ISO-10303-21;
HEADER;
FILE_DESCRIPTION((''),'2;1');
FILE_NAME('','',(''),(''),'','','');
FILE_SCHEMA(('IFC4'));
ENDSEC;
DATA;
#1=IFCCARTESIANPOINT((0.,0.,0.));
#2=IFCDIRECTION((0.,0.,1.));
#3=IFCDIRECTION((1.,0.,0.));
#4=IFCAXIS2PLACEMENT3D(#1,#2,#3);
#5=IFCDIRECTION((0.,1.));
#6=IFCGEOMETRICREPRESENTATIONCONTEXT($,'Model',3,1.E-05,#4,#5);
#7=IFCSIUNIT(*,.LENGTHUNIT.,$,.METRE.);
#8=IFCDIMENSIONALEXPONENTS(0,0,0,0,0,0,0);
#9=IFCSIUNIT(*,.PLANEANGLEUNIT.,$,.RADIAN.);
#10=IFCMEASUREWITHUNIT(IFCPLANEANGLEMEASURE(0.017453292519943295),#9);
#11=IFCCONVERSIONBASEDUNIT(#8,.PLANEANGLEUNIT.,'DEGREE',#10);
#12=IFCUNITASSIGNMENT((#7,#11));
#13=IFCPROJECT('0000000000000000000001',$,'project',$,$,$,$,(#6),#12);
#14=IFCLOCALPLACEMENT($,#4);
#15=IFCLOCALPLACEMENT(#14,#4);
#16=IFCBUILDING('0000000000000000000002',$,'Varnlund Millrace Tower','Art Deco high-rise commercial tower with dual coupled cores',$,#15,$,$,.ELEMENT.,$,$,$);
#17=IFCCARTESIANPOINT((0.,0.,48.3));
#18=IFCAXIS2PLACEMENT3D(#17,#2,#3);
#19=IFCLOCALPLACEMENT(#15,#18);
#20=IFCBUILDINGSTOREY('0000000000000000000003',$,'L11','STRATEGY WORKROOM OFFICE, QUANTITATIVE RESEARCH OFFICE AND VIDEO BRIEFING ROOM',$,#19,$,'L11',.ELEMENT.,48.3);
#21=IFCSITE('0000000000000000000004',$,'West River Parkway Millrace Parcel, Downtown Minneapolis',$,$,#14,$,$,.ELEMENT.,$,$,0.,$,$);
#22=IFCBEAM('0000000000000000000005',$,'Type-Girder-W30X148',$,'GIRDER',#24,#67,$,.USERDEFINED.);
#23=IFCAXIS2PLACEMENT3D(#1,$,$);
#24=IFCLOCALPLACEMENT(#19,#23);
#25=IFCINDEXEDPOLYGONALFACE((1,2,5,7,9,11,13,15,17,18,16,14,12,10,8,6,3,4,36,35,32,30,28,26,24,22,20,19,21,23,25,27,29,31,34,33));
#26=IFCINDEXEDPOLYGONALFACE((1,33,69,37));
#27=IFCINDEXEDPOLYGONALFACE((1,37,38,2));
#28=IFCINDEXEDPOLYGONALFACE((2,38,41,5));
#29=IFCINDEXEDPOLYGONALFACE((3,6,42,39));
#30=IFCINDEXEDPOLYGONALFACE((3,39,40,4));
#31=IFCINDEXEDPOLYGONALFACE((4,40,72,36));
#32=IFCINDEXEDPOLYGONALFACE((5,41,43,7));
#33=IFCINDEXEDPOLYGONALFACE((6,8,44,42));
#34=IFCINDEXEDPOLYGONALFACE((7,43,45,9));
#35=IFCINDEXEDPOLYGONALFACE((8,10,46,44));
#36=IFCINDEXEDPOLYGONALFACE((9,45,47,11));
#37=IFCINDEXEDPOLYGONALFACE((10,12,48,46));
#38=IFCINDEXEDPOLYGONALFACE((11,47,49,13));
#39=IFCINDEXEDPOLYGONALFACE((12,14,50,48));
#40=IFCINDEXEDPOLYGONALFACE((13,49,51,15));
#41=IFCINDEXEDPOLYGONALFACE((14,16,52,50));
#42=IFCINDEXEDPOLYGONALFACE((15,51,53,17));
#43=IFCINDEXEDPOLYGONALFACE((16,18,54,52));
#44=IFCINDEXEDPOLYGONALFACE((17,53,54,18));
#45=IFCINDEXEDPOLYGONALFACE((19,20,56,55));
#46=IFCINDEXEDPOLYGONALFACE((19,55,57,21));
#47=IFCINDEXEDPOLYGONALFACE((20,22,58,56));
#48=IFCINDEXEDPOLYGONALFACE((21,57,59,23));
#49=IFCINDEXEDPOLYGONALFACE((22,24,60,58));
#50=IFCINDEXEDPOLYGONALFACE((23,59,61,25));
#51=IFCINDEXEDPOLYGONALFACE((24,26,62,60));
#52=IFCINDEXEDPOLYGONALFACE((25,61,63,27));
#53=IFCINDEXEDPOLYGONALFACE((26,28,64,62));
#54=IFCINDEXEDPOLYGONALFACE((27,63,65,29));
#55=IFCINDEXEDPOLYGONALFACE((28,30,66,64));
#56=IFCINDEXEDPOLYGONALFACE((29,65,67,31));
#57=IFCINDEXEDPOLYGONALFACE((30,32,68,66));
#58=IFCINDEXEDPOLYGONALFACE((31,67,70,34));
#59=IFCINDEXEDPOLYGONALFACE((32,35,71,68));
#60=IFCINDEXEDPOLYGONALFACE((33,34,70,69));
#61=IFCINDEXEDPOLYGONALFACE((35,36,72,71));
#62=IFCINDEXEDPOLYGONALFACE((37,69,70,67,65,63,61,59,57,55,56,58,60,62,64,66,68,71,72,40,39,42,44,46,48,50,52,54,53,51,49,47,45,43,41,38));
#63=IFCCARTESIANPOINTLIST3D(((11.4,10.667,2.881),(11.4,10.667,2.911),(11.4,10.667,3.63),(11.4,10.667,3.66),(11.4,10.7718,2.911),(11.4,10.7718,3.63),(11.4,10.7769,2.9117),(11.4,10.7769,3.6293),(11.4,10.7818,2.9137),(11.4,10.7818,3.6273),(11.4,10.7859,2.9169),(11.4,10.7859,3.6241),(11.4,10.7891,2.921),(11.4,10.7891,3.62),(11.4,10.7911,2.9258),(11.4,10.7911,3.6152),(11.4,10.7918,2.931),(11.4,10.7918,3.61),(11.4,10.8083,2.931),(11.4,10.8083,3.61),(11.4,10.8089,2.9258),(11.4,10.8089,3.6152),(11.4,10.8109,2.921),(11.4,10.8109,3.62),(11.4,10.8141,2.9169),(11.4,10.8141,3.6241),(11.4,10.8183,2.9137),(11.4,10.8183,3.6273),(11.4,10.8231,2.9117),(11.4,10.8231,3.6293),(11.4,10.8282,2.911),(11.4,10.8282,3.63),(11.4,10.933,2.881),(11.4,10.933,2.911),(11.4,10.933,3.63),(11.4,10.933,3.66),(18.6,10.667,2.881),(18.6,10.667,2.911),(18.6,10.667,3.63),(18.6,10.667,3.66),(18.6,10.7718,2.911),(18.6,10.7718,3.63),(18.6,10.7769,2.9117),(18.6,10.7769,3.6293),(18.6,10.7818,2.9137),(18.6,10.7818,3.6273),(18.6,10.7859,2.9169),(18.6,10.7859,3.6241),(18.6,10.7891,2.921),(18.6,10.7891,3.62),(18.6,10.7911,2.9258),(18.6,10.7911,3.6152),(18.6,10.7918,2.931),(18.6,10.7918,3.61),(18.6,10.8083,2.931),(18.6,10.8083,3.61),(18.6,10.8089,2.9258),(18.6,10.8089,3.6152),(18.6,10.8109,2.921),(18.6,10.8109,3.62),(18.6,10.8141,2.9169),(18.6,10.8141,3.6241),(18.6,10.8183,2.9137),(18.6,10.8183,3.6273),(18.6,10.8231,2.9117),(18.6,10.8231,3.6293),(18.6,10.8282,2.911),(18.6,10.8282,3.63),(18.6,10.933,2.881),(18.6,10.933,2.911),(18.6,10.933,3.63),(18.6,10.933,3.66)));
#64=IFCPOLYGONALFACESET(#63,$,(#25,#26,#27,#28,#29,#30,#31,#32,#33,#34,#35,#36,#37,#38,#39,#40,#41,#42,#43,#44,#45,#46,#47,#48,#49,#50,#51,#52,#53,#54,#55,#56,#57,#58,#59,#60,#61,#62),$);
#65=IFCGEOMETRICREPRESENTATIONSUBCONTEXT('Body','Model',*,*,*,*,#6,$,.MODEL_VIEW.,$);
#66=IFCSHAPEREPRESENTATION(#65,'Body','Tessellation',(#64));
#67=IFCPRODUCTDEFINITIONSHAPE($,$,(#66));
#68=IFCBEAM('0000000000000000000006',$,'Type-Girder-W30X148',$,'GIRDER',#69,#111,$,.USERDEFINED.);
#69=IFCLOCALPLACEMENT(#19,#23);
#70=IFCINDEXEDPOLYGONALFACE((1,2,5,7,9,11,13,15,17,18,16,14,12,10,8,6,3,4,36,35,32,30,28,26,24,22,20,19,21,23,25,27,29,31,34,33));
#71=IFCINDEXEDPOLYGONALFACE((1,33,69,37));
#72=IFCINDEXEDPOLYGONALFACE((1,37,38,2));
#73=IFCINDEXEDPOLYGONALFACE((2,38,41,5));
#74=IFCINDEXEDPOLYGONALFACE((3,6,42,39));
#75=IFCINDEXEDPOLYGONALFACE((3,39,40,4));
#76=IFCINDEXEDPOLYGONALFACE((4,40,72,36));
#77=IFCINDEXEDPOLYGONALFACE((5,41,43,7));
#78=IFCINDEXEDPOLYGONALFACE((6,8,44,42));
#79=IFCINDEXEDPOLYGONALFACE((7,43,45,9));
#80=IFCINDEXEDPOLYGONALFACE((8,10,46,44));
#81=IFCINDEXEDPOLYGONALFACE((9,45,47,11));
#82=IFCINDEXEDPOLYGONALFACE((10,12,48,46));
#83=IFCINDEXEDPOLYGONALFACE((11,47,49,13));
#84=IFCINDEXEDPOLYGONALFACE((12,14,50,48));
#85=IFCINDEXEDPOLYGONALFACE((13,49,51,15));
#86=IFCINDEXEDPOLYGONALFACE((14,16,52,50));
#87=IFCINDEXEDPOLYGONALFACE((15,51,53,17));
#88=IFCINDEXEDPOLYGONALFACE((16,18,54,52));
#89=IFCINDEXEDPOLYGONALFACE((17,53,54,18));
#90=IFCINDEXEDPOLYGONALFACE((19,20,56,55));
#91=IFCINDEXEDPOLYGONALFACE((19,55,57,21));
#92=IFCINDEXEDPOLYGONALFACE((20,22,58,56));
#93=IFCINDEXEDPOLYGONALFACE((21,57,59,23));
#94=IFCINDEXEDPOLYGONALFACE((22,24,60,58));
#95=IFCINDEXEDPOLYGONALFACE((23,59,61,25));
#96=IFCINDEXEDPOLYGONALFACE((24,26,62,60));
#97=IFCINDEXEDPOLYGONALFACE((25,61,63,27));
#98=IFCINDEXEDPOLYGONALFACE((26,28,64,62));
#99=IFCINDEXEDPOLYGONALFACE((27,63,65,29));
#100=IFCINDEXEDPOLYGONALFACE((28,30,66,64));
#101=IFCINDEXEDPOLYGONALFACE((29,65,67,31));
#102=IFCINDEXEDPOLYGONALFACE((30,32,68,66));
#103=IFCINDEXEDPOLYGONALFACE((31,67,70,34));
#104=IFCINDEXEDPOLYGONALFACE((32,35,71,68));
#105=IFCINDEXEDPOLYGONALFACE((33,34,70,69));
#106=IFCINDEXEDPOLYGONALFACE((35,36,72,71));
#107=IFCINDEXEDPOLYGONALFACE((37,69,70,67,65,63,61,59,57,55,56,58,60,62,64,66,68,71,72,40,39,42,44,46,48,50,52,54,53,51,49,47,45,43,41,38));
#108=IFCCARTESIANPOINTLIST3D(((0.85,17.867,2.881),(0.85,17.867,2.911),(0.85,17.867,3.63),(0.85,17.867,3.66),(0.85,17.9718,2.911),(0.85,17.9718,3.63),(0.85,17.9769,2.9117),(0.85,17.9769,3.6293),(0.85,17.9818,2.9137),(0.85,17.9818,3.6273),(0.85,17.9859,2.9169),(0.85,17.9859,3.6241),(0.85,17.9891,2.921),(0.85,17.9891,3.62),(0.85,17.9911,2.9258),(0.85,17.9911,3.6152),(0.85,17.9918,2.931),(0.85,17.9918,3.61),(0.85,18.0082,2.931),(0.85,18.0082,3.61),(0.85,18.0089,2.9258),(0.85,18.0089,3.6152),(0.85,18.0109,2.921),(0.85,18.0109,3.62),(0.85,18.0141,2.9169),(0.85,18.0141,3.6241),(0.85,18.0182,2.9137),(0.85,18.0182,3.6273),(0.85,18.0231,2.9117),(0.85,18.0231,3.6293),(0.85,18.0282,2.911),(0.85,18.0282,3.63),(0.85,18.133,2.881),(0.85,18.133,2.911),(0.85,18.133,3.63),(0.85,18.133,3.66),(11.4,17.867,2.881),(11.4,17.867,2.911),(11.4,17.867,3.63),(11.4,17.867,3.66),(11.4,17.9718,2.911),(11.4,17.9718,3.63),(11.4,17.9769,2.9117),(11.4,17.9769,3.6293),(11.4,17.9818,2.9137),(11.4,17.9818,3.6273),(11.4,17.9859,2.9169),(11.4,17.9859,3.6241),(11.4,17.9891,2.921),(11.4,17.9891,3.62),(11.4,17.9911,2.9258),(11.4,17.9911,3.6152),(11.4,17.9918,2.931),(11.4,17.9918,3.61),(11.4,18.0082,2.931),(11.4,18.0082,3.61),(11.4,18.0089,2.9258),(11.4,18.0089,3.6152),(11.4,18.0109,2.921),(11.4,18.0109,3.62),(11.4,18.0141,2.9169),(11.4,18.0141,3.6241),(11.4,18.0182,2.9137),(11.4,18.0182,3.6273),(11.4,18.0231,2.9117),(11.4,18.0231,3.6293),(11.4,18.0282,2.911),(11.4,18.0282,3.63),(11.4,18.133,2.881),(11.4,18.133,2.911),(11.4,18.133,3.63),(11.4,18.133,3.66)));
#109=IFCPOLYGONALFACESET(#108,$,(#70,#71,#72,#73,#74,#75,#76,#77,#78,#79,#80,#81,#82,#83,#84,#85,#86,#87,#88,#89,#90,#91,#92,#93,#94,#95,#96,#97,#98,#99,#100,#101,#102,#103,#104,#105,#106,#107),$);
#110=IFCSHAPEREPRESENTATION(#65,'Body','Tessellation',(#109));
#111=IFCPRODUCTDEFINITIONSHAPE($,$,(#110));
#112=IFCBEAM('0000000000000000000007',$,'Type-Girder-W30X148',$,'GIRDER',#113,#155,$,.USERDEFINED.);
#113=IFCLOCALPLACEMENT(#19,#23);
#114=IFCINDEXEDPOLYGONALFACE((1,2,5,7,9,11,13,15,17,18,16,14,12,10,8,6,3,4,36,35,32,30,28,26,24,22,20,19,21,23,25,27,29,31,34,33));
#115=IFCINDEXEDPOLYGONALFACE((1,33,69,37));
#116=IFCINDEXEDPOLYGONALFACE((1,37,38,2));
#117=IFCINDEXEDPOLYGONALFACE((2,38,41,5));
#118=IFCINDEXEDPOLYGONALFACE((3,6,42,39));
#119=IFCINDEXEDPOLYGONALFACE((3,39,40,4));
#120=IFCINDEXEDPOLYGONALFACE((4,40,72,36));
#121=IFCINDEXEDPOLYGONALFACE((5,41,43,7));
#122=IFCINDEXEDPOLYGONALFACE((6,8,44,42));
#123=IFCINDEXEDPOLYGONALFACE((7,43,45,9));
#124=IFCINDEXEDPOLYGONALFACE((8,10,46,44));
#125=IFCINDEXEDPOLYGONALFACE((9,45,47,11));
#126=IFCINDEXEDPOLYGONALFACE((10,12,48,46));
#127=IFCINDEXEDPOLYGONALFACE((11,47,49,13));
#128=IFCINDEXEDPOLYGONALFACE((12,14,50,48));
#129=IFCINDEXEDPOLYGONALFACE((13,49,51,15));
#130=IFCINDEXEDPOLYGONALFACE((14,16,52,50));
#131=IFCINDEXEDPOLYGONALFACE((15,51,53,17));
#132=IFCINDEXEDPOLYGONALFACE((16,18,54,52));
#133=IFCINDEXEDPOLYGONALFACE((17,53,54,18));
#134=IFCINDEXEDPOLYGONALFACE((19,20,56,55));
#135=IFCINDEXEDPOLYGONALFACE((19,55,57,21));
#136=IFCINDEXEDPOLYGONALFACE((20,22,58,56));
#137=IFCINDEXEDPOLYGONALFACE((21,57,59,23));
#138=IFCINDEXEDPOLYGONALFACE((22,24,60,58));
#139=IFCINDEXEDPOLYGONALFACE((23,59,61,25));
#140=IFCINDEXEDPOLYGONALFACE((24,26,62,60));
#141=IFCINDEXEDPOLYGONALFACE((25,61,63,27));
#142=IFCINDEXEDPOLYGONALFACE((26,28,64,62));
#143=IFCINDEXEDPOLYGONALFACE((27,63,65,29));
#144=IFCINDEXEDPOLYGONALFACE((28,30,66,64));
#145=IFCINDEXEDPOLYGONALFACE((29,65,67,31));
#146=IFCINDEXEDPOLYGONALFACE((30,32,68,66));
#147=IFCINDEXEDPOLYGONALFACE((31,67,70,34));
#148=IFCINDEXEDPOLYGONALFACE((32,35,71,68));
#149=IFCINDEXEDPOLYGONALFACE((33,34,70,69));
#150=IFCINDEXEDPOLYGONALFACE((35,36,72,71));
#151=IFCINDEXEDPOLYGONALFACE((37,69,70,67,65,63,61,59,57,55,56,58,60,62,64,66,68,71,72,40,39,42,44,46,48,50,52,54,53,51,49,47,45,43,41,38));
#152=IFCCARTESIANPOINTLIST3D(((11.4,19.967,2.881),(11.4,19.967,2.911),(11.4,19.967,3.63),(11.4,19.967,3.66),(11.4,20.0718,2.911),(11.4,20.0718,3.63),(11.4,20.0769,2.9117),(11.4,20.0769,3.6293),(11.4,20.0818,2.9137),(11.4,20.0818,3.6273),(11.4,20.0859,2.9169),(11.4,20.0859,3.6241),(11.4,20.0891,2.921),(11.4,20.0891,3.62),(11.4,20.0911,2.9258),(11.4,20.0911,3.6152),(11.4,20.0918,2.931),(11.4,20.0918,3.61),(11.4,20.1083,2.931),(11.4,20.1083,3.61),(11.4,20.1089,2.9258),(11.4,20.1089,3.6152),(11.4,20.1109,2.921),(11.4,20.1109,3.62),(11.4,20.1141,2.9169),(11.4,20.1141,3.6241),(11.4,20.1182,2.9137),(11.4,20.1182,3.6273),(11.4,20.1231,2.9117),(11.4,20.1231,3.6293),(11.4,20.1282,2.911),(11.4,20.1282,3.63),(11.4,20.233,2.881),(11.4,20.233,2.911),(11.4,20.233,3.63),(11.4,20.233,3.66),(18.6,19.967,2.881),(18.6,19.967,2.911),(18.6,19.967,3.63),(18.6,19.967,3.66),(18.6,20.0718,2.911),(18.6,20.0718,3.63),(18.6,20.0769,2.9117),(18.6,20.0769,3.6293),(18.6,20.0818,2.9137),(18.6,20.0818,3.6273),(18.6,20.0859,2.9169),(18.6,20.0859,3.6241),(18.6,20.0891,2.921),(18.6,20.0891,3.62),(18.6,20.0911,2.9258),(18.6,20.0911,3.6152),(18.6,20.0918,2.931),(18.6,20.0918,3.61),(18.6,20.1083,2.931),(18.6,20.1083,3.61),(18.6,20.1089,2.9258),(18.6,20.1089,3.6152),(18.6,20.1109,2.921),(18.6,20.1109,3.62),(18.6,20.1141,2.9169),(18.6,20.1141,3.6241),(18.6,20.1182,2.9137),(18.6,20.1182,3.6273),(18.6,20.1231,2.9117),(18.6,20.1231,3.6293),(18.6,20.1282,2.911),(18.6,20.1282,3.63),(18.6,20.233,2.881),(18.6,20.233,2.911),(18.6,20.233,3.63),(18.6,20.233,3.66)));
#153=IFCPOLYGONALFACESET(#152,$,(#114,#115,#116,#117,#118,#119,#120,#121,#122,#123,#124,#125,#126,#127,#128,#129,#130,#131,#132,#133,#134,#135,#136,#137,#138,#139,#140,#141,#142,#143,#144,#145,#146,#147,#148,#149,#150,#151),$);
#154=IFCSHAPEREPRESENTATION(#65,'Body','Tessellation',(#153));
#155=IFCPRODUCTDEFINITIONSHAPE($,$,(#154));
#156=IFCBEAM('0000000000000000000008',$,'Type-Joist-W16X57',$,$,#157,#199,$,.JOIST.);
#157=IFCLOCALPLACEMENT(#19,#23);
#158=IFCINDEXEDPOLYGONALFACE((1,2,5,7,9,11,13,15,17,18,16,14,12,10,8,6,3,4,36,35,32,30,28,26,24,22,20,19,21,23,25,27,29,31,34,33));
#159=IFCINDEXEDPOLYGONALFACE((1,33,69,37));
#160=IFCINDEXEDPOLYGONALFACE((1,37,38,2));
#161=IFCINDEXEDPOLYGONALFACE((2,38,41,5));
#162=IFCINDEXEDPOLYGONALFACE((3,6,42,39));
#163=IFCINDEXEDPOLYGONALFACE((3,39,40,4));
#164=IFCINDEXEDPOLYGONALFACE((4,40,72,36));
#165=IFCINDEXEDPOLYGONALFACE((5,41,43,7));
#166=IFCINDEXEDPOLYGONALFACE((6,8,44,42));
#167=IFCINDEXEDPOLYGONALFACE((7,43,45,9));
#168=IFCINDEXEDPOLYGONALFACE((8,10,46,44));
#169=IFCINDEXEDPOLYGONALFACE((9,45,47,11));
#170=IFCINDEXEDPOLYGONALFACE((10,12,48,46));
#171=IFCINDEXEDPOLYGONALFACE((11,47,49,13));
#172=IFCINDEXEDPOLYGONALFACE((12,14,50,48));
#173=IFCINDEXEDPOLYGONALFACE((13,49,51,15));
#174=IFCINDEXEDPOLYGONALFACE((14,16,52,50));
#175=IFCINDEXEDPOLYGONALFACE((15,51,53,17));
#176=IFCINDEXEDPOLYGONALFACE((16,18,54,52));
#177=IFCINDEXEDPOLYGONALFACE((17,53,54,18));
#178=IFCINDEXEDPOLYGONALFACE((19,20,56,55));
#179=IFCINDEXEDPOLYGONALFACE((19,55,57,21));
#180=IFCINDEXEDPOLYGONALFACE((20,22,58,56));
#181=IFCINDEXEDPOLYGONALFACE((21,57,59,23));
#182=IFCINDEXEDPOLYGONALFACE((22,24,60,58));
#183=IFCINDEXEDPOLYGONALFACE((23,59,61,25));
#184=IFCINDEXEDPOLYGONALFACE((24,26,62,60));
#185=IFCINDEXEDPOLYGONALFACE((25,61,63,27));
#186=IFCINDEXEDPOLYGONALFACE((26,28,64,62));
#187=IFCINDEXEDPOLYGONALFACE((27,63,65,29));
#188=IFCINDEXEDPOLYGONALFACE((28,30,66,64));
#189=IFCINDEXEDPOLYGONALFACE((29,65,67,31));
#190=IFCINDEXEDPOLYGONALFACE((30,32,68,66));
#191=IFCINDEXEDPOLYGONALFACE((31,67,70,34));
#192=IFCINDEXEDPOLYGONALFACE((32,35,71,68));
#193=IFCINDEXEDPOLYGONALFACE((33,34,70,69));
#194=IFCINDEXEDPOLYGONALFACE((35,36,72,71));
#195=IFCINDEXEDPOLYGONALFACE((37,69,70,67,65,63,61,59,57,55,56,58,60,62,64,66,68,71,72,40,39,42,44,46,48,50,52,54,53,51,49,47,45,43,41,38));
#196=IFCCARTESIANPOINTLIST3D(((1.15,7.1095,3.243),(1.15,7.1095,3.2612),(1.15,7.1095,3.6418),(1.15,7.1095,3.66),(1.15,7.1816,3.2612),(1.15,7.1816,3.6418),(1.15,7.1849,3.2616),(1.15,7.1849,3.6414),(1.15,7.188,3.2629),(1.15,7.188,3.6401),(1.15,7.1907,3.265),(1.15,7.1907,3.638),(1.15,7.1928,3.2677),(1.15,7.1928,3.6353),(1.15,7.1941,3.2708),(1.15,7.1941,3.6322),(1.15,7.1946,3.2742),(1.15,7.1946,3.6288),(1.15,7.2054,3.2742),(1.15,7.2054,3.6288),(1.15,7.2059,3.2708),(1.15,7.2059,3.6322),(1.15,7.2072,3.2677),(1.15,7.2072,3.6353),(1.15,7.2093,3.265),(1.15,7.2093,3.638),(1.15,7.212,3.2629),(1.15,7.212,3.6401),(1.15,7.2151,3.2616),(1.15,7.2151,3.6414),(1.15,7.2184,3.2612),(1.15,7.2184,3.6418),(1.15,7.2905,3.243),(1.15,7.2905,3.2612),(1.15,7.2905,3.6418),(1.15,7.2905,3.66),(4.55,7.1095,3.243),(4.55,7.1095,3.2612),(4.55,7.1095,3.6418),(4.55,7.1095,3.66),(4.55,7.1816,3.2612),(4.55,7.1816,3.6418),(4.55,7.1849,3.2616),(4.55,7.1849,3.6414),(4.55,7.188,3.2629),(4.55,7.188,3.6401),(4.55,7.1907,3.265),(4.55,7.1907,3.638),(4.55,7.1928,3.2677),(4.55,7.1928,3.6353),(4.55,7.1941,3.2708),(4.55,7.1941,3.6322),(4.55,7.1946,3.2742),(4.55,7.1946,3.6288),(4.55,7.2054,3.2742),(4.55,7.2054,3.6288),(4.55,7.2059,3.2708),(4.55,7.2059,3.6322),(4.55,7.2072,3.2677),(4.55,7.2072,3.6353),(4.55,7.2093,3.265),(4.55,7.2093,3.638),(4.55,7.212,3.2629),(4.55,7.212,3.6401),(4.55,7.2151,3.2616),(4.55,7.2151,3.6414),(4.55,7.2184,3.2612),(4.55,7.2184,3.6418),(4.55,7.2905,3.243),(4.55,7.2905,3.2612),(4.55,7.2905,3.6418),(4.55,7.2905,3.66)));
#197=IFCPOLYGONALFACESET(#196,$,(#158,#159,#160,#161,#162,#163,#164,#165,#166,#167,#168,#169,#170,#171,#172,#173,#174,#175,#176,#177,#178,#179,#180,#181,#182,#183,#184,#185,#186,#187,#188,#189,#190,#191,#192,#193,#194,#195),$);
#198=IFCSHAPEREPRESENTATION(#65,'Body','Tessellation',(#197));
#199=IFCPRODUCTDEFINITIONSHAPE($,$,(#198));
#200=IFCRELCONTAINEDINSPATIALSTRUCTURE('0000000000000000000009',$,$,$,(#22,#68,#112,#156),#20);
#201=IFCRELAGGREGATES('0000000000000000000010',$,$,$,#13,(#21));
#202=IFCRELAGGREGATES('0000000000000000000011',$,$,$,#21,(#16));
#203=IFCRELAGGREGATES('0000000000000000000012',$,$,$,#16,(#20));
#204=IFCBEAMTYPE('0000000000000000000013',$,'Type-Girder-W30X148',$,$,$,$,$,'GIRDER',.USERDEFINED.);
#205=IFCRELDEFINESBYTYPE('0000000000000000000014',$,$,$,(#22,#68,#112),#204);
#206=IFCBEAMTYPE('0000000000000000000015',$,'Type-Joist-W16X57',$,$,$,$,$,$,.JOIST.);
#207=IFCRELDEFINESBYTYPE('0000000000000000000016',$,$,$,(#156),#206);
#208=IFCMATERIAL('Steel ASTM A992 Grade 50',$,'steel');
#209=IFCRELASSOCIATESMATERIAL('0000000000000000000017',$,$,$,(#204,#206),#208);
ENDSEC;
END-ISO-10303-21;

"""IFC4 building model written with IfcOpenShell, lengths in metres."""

from ifc_helpers import new_model, entity, si_unit, converted_unit, direction, frame, origin_with_axes, origin_2d_with_axis, place, context, subcontext, project, spatial, i_section, extrude, material, material_profile, profile_set, type_object, element, save


model = new_model("IFC4")

# Units and contexts
model_context = context("Model", 3, precision=1e-05, world=origin_with_axes(), true_north=direction((0.0, 1.0)))
body_context = subcontext(model_context, "Body", "Model", "MODEL_VIEW")
ifc_project = project(units=[si_unit("LENGTHUNIT", "METRE"), converted_unit("PLANEANGLEUNIT", "DEGREE", entity("IfcPlaneAngleMeasure", 0.017453292519943295), si_unit("PLANEANGLEUNIT", "RADIAN"), dimensions=[0, 0, 0, 0, 0, 0, 0])], contexts=[model_context])

# Site, building, storey
site_placement = place(None, origin_with_axes())
site = spatial("IfcSite", under=ifc_project, at=site_placement, Name="West River Parkway Millrace Parcel, Downtown Minneapolis", CompositionType="ELEMENT", RefElevation=0.0)
building_placement = place(site_placement, origin_with_axes())
building = spatial("IfcBuilding", under=site, at=building_placement, Name="Varnlund Millrace Tower", Description="Art Deco high-rise commercial tower with dual coupled cores", CompositionType="ELEMENT")
storey_placement = place(building_placement, frame((0.0, 0.0, 48.3), z_axis=(0.0, 0.0, 1.0), x_axis=(1.0, 0.0, 0.0)))
storey = spatial("IfcBuildingStorey", under=building, at=storey_placement, Name="L11", Description="STRATEGY WORKROOM OFFICE, QUANTITATIVE RESEARCH OFFICE AND VIDEO BRIEFING ROOM", LongName="L11", CompositionType="ELEMENT", Elevation=48.3)

# Beams
ifc_material_1 = material(Name="Steel ASTM A992 Grade 50", Category="steel")
ifc_material_profile_1 = material_profile(ifc_material_1, i_section(OverallWidth=0.266, OverallDepth=0.779, WebThickness=0.0165, FlangeThickness=0.03, FilletRadius=0.02, at=origin_2d_with_axis()), Name="Steel ASTM A992 Grade 50")
ifc_profile_set_1 = profile_set([ifc_material_profile_1], Name="Steel ASTM A992 Grade 50")
beam_type_1 = type_object("IfcBeamType", Name="Type-Girder-W30X148", ElementType="GIRDER", PredefinedType="USERDEFINED", material=ifc_profile_set_1)
beam_1_placement = place(storey_placement, frame((11.4, 10.8, 3.2705), z_axis=(1.0, 0.0, 0.0), x_axis=(0.0, 1.0, 0.0)))
element("IfcBeam", 1, at=beam_1_placement, inside=storey, type_object=beam_type_1, Name="Type-Girder-W30X148", ObjectType="GIRDER", PredefinedType="USERDEFINED", context=body_context, shape_type="SweptSolid", body=[
    extrude(i_section(OverallWidth=0.266, OverallDepth=0.779, WebThickness=0.0165, FlangeThickness=0.03, FilletRadius=0.02, at=origin_2d_with_axis()), origin_with_axes(), (0.0, 0.0, 1.0), 7.2),
])
beam_2_placement = place(storey_placement, frame((0.85, 18.0, 3.2705), z_axis=(1.0, 0.0, 0.0), x_axis=(0.0, 1.0, 0.0)))
element("IfcBeam", 2, at=beam_2_placement, inside=storey, type_object=beam_type_1, Name="Type-Girder-W30X148", ObjectType="GIRDER", PredefinedType="USERDEFINED", context=body_context, shape_type="SweptSolid", body=[
    extrude(i_section(OverallWidth=0.266, OverallDepth=0.779, WebThickness=0.0165, FlangeThickness=0.03, FilletRadius=0.02, at=origin_2d_with_axis()), origin_with_axes(), (0.0, 0.0, 1.0), 10.55),
])
beam_3_placement = place(storey_placement, frame((11.4, 20.1, 3.2705), z_axis=(1.0, 0.0, 0.0), x_axis=(0.0, 1.0, 0.0)))
element("IfcBeam", 3, at=beam_3_placement, inside=storey, type_object=beam_type_1, Name="Type-Girder-W30X148", ObjectType="GIRDER", PredefinedType="USERDEFINED", context=body_context, shape_type="SweptSolid", body=[
    extrude(i_section(OverallWidth=0.266, OverallDepth=0.779, WebThickness=0.0165, FlangeThickness=0.03, FilletRadius=0.02, at=origin_2d_with_axis()), origin_with_axes(), (0.0, 0.0, 1.0), 7.2),
])
ifc_material_profile_2 = material_profile(ifc_material_1, i_section(OverallWidth=0.181, OverallDepth=0.417, WebThickness=0.0109, FlangeThickness=0.0182, FilletRadius=0.013, at=origin_2d_with_axis()), Name="Steel ASTM A992 Grade 50")
ifc_profile_set_2 = profile_set([ifc_material_profile_2], Name="Steel ASTM A992 Grade 50")
beam_type_2 = type_object("IfcBeamType", Name="Type-Joist-W16X57", PredefinedType="JOIST", material=ifc_profile_set_2)
for number, where, z_axis, x_axis, name in (
    (4, (1.15, 7.2, 3.4515), (1.0, 0.0, 0.0), (0.0, 1.0, 0.0), "Type-Joist-W16X57"),
):
    element("IfcBeam", number, at=place(storey_placement, frame(where, z_axis=z_axis, x_axis=x_axis)), inside=storey, type_object=beam_type_2, Name=name, PredefinedType="JOIST", context=body_context, shape_type="SweptSolid", body=[
        extrude(i_section(OverallWidth=0.181, OverallDepth=0.417, WebThickness=0.0109, FlangeThickness=0.0182, FilletRadius=0.013, at=origin_2d_with_axis()), origin_with_axes(), (0.0, 0.0, 1.0), 3.4),
    ])

save(model, "model.ifc")
